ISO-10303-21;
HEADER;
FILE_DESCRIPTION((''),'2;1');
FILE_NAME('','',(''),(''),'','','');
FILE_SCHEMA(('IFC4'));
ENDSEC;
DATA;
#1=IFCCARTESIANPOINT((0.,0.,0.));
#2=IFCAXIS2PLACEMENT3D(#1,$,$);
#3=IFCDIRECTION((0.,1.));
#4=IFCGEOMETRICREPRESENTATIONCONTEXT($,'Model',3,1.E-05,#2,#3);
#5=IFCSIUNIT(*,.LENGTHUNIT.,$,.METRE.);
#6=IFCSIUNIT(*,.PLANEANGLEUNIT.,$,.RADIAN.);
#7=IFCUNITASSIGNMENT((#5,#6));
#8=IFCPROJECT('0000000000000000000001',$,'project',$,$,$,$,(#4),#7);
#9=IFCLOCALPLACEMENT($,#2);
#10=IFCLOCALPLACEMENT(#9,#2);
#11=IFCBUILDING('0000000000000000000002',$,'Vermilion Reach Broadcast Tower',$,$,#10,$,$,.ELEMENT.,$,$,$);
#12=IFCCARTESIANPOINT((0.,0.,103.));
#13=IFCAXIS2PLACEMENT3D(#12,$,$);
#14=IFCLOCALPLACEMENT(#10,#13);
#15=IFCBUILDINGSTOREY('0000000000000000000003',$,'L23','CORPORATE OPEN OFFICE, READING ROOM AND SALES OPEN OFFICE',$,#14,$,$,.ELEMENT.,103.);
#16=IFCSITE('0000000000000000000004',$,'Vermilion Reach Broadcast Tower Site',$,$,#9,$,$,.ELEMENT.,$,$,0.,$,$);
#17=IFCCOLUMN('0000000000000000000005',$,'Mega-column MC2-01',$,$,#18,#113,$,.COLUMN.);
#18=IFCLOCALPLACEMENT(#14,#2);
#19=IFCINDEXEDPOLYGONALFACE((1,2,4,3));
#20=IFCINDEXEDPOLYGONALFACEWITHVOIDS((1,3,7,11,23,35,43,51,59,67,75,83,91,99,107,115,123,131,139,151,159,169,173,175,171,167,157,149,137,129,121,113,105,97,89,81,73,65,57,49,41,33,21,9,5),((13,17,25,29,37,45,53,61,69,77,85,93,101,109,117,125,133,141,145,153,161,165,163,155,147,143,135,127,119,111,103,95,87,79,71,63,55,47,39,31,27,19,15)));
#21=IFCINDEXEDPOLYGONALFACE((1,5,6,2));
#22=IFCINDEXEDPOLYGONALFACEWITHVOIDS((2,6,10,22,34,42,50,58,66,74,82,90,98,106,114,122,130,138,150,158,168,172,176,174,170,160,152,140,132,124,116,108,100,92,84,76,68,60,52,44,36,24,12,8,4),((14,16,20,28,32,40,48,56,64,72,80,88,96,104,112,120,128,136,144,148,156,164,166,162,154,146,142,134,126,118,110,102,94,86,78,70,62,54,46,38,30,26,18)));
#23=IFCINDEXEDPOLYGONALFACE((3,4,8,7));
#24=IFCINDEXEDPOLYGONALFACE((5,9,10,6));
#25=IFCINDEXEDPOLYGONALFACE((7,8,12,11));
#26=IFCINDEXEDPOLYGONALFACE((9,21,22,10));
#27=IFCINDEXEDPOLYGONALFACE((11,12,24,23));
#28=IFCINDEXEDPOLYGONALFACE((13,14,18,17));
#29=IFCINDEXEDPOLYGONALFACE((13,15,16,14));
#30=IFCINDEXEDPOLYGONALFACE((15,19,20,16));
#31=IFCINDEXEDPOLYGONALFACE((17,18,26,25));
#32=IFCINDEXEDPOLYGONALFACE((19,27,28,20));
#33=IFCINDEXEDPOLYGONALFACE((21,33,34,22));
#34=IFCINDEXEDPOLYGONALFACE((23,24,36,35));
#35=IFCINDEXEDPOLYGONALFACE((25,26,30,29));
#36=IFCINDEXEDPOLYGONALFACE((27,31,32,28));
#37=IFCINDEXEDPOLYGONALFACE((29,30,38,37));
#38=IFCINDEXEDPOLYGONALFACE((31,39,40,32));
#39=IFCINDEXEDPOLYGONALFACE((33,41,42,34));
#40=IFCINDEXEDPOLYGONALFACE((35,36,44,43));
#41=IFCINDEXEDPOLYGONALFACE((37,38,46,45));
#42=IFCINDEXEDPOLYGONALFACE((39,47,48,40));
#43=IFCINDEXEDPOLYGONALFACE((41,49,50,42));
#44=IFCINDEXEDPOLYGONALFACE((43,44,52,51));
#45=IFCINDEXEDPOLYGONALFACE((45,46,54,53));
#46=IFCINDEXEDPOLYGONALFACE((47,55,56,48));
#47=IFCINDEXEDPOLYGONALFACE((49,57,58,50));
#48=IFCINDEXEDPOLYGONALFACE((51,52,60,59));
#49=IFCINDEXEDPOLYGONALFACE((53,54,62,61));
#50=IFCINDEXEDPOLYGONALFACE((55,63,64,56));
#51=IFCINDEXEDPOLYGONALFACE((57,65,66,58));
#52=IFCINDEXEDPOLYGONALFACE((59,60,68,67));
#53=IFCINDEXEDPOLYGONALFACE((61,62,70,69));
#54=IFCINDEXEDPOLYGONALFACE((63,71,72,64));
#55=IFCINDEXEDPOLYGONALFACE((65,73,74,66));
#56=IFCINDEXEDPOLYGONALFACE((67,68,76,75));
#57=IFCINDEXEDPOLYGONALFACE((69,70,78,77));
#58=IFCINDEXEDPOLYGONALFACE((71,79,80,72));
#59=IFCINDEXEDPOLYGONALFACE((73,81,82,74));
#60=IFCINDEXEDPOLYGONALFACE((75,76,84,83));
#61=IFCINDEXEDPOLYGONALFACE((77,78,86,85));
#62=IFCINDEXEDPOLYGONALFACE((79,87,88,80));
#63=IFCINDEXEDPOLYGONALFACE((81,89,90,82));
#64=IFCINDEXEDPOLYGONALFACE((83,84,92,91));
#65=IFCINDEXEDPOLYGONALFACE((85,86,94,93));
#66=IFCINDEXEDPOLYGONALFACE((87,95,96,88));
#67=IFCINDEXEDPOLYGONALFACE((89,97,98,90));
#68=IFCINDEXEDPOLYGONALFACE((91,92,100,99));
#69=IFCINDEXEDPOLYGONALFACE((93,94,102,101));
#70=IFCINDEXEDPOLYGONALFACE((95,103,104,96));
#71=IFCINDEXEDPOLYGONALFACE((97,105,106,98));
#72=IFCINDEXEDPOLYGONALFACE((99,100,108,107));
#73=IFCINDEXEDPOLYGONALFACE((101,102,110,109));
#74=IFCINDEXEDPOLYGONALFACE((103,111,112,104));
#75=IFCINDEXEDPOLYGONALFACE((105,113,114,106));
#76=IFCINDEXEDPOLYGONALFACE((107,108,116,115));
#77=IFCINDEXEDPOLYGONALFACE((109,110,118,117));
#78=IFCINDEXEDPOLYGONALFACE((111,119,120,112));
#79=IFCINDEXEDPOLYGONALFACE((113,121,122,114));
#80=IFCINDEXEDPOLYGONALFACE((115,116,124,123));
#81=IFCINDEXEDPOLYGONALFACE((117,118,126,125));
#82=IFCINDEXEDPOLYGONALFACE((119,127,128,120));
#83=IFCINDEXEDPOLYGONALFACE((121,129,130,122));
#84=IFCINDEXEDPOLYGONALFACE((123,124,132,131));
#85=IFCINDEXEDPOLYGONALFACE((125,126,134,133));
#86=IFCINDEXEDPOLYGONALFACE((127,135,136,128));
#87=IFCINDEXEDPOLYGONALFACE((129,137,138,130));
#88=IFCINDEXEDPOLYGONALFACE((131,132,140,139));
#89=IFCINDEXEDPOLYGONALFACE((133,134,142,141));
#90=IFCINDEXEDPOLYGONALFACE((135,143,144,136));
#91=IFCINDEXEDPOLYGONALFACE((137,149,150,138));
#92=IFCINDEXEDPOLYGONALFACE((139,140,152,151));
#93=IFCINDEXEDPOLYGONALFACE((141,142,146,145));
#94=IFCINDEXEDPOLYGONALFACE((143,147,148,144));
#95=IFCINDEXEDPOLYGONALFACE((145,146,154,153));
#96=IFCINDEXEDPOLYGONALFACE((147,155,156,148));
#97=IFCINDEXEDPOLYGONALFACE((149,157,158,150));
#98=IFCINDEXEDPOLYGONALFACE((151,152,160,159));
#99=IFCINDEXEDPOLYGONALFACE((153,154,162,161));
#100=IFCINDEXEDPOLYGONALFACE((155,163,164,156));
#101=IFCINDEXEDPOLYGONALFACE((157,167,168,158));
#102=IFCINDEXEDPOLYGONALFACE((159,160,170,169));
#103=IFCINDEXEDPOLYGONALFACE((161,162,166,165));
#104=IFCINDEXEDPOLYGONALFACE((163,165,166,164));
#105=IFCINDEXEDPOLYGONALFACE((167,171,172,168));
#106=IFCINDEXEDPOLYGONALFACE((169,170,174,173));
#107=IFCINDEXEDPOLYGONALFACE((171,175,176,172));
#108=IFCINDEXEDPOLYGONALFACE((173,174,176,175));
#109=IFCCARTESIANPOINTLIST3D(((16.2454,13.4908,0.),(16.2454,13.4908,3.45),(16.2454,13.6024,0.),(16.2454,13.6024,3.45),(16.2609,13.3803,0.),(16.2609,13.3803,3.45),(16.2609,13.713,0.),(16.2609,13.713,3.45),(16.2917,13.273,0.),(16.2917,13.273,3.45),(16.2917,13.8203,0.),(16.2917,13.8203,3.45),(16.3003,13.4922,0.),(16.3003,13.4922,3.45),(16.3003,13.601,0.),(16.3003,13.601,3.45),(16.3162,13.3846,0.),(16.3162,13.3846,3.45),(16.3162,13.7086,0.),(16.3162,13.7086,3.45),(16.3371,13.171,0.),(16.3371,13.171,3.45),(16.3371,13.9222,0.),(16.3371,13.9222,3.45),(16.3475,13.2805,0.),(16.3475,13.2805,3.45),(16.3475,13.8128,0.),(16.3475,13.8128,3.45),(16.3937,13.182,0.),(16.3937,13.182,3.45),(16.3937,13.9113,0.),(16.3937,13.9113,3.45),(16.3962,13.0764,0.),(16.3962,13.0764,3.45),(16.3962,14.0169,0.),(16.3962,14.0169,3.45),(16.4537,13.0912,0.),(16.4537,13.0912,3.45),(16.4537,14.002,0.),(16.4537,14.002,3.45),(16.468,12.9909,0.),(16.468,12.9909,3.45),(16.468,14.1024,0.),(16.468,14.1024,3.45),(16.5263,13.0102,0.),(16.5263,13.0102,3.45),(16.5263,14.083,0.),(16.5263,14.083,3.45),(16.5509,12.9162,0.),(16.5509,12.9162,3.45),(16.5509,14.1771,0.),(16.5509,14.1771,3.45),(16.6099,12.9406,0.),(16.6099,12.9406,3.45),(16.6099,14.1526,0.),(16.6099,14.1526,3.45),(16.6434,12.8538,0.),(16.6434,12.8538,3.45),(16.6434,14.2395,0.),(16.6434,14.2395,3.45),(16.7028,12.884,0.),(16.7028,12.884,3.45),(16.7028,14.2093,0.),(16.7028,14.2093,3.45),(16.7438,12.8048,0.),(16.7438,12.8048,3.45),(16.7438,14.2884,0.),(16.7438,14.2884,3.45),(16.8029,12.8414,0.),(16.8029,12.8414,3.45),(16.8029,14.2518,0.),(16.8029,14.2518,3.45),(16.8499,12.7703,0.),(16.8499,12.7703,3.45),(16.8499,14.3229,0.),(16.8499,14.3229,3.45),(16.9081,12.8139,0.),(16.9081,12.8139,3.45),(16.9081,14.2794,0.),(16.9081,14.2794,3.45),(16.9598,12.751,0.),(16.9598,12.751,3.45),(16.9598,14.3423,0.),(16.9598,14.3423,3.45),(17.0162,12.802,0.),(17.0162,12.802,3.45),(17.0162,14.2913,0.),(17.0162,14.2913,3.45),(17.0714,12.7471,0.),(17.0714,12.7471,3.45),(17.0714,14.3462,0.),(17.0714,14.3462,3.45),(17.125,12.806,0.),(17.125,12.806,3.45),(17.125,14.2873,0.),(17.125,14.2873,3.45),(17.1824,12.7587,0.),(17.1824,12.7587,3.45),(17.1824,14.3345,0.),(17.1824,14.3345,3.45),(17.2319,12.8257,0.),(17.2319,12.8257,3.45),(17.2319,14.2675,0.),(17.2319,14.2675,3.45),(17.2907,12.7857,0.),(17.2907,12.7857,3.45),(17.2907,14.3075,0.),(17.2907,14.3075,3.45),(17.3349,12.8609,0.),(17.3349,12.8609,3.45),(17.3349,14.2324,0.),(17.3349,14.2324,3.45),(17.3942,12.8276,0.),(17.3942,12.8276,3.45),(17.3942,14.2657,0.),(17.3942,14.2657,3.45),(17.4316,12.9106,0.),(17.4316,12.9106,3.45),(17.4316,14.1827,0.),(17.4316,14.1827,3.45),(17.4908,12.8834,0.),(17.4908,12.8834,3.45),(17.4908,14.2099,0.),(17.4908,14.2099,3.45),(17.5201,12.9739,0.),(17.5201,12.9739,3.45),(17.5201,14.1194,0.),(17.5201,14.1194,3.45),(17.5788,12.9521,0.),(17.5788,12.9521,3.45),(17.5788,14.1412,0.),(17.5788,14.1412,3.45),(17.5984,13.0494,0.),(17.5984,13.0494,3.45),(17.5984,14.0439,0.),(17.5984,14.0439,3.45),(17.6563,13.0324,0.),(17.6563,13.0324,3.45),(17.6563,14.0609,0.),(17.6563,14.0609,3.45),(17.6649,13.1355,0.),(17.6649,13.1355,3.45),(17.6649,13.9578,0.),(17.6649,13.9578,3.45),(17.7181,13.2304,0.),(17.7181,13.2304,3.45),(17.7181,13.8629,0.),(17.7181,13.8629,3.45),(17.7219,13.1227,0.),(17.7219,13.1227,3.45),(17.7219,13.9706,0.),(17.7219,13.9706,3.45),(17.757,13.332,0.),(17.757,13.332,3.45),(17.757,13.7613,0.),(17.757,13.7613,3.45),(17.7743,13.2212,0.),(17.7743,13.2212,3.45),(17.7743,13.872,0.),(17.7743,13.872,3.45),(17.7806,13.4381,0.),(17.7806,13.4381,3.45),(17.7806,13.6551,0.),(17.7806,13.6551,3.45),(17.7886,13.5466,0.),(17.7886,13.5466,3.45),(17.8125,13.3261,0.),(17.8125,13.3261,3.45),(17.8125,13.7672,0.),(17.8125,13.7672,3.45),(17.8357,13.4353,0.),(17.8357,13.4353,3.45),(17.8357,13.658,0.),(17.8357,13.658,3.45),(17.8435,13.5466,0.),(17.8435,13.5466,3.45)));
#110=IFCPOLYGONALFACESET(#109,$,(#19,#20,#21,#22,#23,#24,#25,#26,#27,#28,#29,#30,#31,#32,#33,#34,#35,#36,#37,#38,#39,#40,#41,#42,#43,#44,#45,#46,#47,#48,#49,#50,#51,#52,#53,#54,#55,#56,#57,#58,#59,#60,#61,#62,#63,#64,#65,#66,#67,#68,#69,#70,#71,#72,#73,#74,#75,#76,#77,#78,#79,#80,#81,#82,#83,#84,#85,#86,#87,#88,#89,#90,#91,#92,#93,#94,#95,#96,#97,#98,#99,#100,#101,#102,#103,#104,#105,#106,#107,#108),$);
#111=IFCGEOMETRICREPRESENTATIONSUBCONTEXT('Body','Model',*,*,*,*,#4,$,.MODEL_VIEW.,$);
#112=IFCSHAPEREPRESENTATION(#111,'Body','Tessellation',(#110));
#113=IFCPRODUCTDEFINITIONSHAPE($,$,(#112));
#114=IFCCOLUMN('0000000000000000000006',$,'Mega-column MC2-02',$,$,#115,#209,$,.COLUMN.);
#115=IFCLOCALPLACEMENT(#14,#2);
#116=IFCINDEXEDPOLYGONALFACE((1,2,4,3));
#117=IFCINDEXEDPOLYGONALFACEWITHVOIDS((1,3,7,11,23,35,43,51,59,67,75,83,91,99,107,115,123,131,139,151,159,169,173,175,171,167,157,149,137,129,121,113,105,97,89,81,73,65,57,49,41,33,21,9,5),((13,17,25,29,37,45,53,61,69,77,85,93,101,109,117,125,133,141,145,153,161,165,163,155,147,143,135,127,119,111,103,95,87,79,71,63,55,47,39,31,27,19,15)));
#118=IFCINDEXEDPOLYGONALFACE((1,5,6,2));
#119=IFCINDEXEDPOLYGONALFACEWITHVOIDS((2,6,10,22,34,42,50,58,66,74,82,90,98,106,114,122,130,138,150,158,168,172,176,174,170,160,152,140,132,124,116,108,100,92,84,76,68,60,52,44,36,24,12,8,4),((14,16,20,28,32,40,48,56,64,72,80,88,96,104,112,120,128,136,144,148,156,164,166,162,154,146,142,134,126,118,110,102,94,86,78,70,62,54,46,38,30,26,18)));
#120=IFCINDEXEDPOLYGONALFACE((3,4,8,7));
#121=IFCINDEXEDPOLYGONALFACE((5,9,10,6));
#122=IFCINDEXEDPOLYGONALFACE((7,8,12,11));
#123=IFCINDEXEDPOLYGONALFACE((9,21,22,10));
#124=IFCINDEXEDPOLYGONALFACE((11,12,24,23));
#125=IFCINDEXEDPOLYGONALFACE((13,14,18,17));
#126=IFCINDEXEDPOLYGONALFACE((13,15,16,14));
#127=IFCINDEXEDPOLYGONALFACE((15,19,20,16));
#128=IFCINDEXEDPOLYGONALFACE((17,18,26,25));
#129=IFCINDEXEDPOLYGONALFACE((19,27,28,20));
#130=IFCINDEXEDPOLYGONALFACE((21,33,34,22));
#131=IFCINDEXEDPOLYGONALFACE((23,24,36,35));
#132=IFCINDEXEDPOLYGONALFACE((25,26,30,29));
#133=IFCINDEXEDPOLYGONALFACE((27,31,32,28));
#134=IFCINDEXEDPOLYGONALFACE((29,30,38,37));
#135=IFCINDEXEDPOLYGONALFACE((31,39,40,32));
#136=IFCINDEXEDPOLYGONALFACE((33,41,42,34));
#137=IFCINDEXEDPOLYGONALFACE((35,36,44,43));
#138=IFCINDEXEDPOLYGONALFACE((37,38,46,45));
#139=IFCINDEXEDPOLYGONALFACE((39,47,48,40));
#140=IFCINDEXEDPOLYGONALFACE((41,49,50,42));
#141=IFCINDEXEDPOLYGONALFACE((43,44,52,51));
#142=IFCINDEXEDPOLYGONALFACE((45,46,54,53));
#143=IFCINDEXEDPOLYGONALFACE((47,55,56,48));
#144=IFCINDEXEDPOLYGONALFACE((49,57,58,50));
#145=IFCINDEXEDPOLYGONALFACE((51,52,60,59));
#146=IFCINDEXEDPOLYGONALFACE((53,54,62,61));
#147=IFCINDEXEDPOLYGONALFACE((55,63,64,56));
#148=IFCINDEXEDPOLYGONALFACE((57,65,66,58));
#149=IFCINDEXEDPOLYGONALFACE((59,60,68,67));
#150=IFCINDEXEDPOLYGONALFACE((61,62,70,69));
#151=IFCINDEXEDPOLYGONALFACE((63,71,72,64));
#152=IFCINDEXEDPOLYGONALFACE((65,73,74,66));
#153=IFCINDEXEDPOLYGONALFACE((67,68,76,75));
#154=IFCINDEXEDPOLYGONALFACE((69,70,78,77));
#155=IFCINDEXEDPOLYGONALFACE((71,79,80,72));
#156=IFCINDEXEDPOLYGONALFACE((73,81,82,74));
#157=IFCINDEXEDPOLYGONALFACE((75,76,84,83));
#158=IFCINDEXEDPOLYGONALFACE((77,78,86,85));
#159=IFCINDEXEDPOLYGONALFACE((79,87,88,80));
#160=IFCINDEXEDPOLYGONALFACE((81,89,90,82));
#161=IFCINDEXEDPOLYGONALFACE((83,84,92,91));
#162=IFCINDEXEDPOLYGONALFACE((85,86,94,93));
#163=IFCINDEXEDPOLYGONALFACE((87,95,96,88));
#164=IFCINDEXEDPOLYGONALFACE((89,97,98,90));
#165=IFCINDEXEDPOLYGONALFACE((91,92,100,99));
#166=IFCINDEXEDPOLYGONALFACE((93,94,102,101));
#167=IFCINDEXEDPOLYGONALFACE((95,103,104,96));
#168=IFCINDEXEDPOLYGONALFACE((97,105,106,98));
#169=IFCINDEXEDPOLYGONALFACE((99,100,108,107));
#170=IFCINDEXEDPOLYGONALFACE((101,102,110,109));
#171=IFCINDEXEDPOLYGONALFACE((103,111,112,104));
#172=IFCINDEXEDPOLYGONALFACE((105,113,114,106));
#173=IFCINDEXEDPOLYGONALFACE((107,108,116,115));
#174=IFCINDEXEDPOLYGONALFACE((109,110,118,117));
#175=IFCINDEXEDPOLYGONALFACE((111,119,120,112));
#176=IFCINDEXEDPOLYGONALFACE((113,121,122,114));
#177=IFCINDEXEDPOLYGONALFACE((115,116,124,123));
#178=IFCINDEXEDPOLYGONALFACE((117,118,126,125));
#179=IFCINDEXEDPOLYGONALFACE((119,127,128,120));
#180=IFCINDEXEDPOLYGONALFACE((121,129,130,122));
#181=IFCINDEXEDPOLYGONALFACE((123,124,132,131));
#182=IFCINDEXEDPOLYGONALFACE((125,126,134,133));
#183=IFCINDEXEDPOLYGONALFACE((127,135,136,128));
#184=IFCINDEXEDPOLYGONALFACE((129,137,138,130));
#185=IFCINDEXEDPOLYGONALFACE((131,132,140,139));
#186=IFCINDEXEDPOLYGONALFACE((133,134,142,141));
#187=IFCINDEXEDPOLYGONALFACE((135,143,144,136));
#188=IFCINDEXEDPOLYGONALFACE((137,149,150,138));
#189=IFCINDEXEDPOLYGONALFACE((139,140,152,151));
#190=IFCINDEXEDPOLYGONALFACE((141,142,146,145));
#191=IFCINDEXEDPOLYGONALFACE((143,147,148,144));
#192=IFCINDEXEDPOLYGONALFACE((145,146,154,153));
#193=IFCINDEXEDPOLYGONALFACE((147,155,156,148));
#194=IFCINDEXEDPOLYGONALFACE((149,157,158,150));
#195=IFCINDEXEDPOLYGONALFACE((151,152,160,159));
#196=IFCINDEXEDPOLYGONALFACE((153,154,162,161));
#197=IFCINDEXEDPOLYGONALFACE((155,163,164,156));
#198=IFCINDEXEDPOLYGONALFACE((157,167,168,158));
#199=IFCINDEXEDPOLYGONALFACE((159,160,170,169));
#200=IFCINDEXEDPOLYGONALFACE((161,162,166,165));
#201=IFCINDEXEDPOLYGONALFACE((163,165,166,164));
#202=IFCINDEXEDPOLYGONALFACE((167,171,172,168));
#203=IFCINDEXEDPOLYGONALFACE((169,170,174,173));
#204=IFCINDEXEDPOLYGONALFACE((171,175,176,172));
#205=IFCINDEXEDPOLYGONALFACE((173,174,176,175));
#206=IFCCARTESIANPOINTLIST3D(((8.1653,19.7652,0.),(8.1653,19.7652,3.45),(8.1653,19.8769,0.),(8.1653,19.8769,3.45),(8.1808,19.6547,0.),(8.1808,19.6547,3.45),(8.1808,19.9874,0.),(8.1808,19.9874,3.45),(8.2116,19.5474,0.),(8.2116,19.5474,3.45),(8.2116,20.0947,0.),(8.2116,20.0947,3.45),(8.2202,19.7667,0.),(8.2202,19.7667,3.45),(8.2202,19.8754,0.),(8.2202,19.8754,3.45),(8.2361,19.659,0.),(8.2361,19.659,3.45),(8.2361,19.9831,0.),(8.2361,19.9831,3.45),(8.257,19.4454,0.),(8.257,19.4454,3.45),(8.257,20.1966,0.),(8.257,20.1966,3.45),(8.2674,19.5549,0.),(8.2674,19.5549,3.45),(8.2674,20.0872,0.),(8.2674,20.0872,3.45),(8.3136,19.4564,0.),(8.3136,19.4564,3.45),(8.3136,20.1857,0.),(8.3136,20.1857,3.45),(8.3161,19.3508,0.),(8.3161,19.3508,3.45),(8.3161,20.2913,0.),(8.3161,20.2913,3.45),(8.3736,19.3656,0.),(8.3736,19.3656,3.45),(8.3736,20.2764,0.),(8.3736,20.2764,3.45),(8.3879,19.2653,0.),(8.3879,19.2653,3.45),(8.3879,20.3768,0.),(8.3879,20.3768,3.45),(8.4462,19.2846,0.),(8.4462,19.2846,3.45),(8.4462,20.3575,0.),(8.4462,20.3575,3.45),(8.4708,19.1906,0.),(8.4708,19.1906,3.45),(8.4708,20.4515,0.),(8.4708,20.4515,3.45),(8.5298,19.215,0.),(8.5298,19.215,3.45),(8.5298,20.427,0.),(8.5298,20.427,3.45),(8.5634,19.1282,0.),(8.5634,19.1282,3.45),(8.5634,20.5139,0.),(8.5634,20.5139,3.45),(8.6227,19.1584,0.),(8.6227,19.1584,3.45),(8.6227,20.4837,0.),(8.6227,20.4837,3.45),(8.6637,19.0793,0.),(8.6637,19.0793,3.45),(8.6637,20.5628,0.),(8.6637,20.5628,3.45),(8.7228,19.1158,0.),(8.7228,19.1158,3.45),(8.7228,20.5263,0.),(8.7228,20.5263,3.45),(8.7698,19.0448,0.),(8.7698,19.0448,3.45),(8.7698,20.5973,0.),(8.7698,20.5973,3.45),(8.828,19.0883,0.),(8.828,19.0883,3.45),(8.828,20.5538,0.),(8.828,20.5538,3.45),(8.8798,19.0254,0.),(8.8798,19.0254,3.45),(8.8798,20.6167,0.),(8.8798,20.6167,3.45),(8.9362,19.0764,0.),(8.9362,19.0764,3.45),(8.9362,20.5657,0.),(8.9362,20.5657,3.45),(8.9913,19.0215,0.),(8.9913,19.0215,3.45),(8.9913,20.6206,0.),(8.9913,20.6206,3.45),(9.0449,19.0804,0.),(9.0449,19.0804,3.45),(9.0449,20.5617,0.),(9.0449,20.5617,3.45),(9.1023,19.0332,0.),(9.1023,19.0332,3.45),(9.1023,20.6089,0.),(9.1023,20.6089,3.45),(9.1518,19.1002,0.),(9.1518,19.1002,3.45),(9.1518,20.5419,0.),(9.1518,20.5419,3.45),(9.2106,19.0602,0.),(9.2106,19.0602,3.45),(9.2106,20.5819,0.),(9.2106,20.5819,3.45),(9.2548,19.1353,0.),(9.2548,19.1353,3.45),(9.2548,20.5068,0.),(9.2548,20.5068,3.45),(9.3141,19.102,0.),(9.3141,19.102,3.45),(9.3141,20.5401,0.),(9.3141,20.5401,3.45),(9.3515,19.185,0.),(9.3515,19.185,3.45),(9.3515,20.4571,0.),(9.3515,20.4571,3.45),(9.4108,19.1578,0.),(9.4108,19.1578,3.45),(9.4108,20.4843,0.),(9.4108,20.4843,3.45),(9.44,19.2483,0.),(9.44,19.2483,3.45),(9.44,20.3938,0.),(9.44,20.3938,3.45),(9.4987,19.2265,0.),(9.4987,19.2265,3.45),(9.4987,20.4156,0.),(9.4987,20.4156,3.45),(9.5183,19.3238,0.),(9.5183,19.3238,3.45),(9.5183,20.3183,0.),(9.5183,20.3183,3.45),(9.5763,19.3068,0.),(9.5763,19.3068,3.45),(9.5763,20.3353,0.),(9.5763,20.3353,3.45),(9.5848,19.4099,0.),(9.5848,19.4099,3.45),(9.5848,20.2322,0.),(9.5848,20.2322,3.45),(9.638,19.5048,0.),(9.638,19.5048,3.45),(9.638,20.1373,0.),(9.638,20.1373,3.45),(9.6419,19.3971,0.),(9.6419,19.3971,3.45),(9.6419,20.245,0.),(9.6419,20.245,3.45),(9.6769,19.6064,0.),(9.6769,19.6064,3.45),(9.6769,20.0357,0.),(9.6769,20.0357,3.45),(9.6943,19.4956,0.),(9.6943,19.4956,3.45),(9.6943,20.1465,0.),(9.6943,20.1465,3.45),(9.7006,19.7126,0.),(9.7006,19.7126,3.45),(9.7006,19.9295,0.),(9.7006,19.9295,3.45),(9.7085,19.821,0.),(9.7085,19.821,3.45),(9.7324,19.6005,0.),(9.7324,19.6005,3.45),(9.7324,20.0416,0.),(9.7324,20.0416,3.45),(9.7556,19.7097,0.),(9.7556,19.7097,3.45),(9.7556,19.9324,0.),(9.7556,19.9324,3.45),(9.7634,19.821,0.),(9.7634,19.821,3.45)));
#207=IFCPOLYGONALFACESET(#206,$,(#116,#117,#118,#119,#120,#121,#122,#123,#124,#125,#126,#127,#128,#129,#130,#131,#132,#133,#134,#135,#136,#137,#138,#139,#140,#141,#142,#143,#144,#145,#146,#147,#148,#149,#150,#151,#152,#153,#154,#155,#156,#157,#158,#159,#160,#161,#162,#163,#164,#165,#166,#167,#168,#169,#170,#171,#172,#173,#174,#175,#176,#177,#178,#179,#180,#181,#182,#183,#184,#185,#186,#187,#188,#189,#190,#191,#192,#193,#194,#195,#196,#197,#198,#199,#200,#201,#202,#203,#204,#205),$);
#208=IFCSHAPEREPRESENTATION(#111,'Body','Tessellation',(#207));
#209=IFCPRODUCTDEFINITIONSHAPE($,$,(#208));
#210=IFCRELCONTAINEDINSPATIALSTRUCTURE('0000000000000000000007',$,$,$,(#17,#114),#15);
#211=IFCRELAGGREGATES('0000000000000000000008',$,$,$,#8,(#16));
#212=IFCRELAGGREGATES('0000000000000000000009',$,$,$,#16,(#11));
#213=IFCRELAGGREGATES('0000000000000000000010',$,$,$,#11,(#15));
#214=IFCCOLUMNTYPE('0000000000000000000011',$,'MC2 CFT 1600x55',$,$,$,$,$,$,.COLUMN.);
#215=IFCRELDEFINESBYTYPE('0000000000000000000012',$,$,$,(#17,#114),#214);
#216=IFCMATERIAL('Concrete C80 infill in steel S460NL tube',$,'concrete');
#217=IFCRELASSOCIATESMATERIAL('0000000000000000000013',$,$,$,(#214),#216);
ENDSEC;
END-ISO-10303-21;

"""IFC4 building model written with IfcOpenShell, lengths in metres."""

from ifc_helpers import new_model, si_unit, direction, frame, origin, origin_2d, place, context, subcontext, project, spatial, hollow_circle, extrude, material, material_profile, profile_set, type_object, element, save


model = new_model("IFC4")

# Units and contexts
model_context = context("Model", 3, precision=1e-05, world=origin(), true_north=direction((0.0, 1.0)))
body_context = subcontext(model_context, "Body", "Model", "MODEL_VIEW")
ifc_project = project(units=[si_unit("LENGTHUNIT", "METRE"), si_unit("PLANEANGLEUNIT", "RADIAN")], contexts=[model_context])

# Site, building, storey
site_placement = place(None, origin())
site = spatial("IfcSite", under=ifc_project, at=site_placement, Name="Vermilion Reach Broadcast Tower Site", CompositionType="ELEMENT", RefElevation=0.0)
building_placement = place(site_placement, origin())
building = spatial("IfcBuilding", under=site, at=building_placement, Name="Vermilion Reach Broadcast Tower", CompositionType="ELEMENT")
storey_placement = place(building_placement, frame((0.0, 0.0, 103.0)))
storey = spatial("IfcBuildingStorey", under=building, at=storey_placement, Name="L23", Description="CORPORATE OPEN OFFICE, READING ROOM AND SALES OPEN OFFICE", CompositionType="ELEMENT", Elevation=103.0)

# Columns
ifc_material_1 = material(Name="Concrete C80 infill in steel S460NL tube", Category="concrete")
ifc_material_profile_1 = material_profile(ifc_material_1, hollow_circle(Radius=0.8, WallThickness=0.0549, at=origin_2d()), Name="Concrete C80 infill in steel S460NL tube CFT 1600x55")
ifc_profile_set_1 = profile_set([ifc_material_profile_1], Name="Concrete C80 infill in steel S460NL tube")
column_type = type_object("IfcColumnType", Name="MC2 CFT 1600x55", PredefinedType="COLUMN", material=ifc_profile_set_1)
for number, where, z_axis, x_axis, name in (
    (1, (17.0435, 13.5466, 0.0), (0.0, 0.0, 1.0), (1.0, 0.0, 0.0), "Mega-column MC2-01"),
    (2, (8.9634, 19.821, 0.0), (0.0, 0.0, 1.0), (1.0, 0.0, 0.0), "Mega-column MC2-02"),
):
    element("IfcColumn", number, at=place(storey_placement, frame(where, z_axis=z_axis, x_axis=x_axis)), inside=storey, type_object=column_type, Name=name, PredefinedType="COLUMN", context=body_context, shape_type="SweptSolid", body=[
        extrude(hollow_circle(Radius=0.8, WallThickness=0.0549, at=origin_2d()), origin(), (0.0, 0.0, 1.0), 3.45),
    ])

save(model, "model.ifc")
